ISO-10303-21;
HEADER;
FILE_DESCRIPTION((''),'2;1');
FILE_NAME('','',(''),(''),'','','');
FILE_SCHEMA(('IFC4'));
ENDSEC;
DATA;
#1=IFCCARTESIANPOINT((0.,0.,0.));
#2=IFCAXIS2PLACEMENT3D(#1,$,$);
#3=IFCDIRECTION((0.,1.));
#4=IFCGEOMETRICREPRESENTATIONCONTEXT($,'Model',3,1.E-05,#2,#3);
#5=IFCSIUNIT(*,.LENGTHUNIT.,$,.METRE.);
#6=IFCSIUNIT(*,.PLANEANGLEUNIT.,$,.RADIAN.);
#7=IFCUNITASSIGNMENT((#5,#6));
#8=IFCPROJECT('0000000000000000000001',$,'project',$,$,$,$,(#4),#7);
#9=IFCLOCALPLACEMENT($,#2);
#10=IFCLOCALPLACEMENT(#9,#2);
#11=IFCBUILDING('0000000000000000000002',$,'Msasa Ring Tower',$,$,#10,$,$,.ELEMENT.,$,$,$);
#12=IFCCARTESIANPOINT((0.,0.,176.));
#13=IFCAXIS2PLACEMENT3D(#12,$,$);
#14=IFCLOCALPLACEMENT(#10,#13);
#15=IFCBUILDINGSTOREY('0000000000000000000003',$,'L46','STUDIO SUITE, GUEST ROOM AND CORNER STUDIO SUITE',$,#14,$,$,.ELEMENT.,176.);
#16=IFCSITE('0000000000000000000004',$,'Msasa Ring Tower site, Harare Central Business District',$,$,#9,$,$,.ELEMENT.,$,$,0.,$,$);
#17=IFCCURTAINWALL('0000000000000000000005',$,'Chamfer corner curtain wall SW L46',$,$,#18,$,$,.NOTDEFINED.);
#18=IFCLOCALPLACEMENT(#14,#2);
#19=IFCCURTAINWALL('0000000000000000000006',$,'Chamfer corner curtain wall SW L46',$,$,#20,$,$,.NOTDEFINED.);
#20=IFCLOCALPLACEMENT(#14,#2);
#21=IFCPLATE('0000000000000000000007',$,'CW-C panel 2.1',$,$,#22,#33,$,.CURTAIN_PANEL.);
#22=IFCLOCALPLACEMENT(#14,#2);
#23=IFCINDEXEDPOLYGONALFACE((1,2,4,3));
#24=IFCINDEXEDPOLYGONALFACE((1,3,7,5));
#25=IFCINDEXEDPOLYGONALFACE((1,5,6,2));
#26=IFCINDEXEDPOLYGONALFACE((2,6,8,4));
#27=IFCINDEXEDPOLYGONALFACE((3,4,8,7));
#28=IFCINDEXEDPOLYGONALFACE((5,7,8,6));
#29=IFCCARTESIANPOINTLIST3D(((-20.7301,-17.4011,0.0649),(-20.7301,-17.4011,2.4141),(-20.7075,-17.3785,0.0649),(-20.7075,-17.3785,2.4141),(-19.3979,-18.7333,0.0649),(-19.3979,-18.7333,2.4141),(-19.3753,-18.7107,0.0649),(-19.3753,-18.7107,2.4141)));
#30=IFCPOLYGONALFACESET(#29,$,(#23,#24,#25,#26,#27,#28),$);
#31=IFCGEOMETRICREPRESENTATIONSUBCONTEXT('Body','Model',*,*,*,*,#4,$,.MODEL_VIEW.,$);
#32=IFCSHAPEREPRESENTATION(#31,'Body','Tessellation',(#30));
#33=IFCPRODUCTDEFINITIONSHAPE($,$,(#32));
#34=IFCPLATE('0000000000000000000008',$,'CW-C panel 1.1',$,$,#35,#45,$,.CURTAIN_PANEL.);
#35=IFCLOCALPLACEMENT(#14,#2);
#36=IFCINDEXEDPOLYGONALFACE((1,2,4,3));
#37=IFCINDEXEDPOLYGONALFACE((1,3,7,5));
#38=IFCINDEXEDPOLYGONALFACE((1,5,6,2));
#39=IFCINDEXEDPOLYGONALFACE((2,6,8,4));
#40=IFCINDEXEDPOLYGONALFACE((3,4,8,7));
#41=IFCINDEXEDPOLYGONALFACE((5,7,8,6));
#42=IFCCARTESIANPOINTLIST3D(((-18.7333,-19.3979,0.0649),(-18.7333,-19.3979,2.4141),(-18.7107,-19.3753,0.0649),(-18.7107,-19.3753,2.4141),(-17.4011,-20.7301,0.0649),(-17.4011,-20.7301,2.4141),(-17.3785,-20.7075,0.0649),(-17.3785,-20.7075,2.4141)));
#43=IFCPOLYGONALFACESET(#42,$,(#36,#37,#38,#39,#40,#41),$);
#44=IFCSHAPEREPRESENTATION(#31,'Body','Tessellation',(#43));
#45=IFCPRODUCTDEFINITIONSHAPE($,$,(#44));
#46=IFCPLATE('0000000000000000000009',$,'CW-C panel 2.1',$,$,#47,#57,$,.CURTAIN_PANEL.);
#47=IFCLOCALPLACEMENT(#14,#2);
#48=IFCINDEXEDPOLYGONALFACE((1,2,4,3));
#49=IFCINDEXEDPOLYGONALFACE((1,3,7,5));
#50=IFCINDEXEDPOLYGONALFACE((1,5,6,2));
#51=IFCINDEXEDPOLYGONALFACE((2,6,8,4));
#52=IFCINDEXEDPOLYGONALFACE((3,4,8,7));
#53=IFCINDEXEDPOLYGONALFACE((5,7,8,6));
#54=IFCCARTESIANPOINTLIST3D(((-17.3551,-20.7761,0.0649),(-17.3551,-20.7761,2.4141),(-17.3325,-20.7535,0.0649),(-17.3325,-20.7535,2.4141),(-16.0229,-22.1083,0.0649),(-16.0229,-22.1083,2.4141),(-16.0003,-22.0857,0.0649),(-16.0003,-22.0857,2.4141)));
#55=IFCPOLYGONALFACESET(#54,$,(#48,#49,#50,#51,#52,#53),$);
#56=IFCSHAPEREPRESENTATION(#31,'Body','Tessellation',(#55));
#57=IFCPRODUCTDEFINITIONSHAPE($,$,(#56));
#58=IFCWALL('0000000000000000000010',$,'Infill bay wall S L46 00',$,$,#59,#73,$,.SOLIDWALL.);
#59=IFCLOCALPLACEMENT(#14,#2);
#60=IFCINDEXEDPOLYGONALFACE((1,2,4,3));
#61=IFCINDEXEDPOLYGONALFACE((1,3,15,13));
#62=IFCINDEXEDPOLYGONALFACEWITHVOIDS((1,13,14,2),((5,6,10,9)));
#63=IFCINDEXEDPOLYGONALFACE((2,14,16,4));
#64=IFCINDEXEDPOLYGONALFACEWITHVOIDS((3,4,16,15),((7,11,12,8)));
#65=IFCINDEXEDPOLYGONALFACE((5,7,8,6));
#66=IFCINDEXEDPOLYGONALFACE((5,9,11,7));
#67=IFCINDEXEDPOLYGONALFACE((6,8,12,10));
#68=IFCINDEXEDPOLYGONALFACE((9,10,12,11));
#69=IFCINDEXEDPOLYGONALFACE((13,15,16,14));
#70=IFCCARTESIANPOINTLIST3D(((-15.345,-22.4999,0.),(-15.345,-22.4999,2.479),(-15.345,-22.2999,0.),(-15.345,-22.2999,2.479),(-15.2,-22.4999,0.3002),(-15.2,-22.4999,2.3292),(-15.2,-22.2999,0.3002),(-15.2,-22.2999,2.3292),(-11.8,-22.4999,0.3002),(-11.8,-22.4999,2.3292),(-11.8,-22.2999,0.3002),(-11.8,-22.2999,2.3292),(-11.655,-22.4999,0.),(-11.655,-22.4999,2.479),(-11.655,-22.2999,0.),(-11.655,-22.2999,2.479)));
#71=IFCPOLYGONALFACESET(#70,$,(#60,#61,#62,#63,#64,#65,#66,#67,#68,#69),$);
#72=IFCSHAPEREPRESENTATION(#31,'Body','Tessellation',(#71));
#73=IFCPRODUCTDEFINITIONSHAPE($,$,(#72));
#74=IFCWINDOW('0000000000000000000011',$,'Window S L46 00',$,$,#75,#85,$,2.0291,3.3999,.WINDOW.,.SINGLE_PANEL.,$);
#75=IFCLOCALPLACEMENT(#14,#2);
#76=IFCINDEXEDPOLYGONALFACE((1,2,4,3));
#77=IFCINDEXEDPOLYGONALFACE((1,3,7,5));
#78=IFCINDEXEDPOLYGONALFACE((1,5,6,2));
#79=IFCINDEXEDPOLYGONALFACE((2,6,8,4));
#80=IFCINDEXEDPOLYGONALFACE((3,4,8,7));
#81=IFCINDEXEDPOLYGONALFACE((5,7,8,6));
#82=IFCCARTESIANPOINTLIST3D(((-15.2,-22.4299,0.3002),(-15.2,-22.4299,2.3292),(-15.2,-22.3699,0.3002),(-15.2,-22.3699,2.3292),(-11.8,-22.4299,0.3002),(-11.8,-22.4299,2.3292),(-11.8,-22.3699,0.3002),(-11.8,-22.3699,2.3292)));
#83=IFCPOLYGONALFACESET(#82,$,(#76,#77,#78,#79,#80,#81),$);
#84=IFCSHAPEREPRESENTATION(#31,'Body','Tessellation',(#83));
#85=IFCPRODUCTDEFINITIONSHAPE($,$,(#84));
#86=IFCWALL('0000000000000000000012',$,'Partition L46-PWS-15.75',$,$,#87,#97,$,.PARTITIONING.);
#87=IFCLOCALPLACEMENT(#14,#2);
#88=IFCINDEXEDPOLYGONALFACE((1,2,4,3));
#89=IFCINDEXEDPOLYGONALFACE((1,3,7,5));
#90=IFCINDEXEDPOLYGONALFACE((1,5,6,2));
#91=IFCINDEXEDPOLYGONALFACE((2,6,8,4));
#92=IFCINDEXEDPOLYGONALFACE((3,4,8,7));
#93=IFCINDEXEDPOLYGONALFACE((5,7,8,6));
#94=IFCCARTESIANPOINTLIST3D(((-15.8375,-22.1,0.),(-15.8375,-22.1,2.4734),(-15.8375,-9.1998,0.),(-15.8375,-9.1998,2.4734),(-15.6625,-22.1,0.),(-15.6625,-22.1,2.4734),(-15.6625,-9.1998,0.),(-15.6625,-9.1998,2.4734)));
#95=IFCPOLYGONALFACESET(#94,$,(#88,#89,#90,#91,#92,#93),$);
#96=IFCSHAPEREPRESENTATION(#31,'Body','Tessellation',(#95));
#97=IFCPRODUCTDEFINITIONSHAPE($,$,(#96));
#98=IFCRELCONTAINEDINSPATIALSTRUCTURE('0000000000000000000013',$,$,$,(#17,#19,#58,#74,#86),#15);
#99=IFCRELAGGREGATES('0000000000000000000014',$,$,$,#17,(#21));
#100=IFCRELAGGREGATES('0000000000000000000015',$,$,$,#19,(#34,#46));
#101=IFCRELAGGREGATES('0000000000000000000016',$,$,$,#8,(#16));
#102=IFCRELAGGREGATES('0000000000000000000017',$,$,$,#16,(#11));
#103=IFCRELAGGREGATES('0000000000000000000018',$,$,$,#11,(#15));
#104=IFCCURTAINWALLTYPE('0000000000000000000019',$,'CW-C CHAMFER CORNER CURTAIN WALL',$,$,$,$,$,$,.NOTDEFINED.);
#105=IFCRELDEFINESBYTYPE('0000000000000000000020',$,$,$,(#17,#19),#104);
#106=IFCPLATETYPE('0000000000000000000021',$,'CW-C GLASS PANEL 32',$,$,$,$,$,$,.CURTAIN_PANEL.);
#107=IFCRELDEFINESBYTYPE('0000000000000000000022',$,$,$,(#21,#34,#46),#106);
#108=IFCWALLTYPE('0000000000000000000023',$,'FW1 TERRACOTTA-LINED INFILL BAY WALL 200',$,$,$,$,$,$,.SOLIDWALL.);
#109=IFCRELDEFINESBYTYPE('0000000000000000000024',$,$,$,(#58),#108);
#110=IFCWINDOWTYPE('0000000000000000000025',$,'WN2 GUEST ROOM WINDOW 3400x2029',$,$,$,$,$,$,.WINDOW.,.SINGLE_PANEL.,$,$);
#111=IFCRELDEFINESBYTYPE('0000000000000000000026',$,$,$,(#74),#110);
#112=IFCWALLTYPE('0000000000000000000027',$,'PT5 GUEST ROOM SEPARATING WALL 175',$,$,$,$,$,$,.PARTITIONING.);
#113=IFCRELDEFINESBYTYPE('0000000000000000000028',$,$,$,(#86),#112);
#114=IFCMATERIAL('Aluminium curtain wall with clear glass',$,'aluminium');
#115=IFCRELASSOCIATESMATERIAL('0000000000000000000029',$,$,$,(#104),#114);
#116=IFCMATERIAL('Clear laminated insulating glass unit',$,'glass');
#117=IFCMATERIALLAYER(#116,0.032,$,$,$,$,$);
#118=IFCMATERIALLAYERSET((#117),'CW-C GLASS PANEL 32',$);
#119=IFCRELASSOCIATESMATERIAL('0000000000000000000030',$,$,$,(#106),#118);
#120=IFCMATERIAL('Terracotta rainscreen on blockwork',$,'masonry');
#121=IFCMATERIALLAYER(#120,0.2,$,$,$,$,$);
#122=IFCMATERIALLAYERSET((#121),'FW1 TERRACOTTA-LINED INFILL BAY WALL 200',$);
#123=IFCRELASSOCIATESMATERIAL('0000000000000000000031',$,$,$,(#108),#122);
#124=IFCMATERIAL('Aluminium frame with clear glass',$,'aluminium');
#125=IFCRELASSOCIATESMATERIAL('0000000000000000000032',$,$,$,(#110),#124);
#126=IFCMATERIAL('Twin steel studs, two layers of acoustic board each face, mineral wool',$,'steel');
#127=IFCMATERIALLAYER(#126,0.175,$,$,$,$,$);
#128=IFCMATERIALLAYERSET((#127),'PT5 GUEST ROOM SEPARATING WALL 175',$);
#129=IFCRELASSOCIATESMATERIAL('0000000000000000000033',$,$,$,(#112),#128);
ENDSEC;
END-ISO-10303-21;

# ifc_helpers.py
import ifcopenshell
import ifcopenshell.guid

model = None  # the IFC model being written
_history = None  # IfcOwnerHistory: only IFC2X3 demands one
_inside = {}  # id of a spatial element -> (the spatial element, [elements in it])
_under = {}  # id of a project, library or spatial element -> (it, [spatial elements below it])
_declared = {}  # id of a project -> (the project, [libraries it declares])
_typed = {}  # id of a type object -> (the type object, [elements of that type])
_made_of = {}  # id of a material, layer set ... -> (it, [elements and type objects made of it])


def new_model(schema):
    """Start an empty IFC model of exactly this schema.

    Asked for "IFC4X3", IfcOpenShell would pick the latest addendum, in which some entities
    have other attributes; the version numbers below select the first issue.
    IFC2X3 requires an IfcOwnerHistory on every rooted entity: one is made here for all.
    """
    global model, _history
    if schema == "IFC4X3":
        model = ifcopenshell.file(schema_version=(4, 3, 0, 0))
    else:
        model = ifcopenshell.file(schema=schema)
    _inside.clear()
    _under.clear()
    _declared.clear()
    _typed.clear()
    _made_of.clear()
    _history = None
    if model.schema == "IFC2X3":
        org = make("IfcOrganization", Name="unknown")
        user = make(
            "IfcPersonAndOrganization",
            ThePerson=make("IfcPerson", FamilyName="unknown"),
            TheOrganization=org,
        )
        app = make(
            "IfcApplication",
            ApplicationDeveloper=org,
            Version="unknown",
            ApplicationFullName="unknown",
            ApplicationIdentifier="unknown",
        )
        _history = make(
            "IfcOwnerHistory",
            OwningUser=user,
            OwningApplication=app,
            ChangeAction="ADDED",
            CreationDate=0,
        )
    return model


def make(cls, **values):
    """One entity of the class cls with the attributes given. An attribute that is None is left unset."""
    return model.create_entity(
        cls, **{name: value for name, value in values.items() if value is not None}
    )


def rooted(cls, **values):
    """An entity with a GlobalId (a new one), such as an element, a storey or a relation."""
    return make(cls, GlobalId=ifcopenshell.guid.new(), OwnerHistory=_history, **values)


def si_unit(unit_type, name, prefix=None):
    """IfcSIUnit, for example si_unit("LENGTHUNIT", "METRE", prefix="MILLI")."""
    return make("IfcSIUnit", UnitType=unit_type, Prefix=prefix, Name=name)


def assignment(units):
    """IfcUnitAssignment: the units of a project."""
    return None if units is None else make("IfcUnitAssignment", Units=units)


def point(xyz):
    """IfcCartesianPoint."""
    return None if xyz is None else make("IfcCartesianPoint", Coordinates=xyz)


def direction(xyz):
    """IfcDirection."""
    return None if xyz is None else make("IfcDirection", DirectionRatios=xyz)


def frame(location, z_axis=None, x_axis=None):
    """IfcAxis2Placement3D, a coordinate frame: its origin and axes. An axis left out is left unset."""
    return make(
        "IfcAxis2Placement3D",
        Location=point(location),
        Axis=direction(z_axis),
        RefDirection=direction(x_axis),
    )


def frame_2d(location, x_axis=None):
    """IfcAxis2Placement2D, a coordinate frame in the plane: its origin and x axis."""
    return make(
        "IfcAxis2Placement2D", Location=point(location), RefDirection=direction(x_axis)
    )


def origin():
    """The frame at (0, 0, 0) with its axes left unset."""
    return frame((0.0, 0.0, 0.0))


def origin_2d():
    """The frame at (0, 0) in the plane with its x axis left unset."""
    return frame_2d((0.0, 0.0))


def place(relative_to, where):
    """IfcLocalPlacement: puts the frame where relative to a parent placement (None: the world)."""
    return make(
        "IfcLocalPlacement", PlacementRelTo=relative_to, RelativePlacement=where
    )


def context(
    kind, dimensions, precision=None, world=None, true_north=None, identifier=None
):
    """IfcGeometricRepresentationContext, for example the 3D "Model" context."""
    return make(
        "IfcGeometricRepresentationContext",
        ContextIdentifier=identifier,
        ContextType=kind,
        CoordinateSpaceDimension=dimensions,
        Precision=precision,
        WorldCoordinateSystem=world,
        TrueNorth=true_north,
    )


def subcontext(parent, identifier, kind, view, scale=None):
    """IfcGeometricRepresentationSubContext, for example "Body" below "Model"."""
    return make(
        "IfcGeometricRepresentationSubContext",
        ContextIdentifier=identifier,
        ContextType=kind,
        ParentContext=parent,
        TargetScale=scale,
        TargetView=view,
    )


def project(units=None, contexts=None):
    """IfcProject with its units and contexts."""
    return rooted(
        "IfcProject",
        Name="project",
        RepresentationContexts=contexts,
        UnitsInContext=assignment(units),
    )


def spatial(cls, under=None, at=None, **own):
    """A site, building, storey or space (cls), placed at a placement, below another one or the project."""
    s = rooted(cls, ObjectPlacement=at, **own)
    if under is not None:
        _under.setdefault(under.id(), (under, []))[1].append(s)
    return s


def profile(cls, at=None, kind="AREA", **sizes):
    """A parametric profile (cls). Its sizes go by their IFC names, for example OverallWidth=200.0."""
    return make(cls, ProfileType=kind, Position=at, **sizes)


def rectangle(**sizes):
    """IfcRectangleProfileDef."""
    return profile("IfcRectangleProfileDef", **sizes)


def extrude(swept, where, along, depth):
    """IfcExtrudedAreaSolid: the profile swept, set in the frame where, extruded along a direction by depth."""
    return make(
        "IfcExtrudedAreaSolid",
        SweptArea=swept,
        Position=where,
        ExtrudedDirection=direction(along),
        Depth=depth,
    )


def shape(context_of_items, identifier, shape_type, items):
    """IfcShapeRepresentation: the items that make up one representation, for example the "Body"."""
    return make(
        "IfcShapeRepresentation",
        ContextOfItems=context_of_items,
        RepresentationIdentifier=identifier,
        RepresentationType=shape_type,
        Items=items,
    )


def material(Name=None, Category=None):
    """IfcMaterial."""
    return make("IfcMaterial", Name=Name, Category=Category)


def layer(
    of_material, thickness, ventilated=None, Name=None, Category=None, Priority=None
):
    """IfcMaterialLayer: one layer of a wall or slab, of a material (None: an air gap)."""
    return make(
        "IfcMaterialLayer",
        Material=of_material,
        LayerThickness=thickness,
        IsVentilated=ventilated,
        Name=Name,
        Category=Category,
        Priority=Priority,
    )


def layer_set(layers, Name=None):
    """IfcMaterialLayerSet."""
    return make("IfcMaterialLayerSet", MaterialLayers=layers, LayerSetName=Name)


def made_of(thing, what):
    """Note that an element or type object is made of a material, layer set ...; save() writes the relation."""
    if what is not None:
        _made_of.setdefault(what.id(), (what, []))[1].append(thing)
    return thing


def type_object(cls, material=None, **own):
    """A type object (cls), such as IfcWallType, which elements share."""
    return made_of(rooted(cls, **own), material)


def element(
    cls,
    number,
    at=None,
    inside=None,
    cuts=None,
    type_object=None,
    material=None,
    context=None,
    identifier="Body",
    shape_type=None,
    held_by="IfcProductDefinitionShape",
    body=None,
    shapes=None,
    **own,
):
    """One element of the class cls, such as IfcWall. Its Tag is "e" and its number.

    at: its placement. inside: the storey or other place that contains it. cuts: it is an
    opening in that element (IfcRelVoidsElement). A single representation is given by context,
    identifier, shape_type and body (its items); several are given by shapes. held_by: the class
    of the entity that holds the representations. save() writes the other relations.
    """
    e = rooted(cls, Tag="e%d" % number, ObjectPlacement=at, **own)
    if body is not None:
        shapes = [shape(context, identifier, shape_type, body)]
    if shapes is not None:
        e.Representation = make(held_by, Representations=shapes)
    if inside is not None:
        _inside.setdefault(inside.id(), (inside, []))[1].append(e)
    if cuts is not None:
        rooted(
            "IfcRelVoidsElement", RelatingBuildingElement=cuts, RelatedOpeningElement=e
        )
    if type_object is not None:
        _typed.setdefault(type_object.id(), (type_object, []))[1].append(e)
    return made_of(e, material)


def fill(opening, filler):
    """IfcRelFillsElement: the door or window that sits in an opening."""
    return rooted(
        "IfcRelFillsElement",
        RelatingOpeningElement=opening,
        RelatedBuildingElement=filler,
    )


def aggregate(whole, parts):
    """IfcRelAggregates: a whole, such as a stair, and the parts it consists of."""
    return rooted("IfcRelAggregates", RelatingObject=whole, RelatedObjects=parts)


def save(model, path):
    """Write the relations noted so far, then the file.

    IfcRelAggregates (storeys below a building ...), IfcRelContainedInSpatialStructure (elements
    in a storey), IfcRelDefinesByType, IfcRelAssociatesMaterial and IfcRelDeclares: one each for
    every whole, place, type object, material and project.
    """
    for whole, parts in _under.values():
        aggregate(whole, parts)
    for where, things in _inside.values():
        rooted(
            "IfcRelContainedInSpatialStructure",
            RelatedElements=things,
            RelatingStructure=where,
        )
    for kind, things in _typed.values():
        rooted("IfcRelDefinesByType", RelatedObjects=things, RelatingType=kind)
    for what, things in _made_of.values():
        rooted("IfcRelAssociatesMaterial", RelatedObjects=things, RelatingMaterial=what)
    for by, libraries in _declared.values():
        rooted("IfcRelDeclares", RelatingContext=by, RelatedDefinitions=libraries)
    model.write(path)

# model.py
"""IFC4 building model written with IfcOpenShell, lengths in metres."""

from ifc_helpers import new_model, si_unit, direction, frame, frame_2d, origin, origin_2d, place, context, subcontext, project, spatial, rectangle, extrude, material, layer, layer_set, type_object, element, fill, aggregate, save


model = new_model("IFC4")

# Units and contexts
model_context = context("Model", 3, precision=1e-05, world=origin(), true_north=direction((0.0, 1.0)))
body_context = subcontext(model_context, "Body", "Model", "MODEL_VIEW")
ifc_project = project(units=[si_unit("LENGTHUNIT", "METRE"), si_unit("PLANEANGLEUNIT", "RADIAN")], contexts=[model_context])

# Site, building, storey
site_placement = place(None, origin())
site = spatial("IfcSite", under=ifc_project, at=site_placement, Name="Msasa Ring Tower site, Harare Central Business District", CompositionType="ELEMENT", RefElevation=0.0)
building_placement = place(site_placement, origin())
building = spatial("IfcBuilding", under=site, at=building_placement, Name="Msasa Ring Tower", CompositionType="ELEMENT")
storey_placement = place(building_placement, frame((0.0, 0.0, 176.0)))
storey = spatial("IfcBuildingStorey", under=building, at=storey_placement, Name="L46", Description="STUDIO SUITE, GUEST ROOM AND CORNER STUDIO SUITE", CompositionType="ELEMENT", Elevation=176.0)

# Curtain walls
ifc_material_1 = material(Name="Aluminium curtain wall with clear glass", Category="aluminium")
curtain_wall_type = type_object("IfcCurtainWallType", Name="CW-C CHAMFER CORNER CURTAIN WALL", PredefinedType="NOTDEFINED", material=ifc_material_1)
curtain_wall_1_placement = place(storey_placement, origin())
curtain_wall_1 = element("IfcCurtainWall", 1, at=curtain_wall_1_placement, inside=storey, type_object=curtain_wall_type, Name="Chamfer corner curtain wall SW L46", PredefinedType="NOTDEFINED")
curtain_wall_2_placement = place(storey_placement, origin())
curtain_wall_2 = element("IfcCurtainWall", 2, at=curtain_wall_2_placement, inside=storey, type_object=curtain_wall_type, Name="Chamfer corner curtain wall SW L46", PredefinedType="NOTDEFINED")

# Plates
ifc_material_2 = material(Name="Clear laminated insulating glass unit", Category="glass")
ifc_layer_1 = layer(ifc_material_2, 0.032)
ifc_layer_set_1 = layer_set([ifc_layer_1], Name="CW-C GLASS PANEL 32")
plate_type = type_object("IfcPlateType", Name="CW-C GLASS PANEL 32", PredefinedType="CURTAIN_PANEL", material=ifc_layer_set_1)
plate_1_placement = place(storey_placement, frame((-20.0527, -18.0559, 0.0649), z_axis=(0.0, 0.0, 1.0), x_axis=(0.707107, -0.707107, 0.0)))
plate_1 = element("IfcPlate", 3, at=plate_1_placement, type_object=plate_type, Name="CW-C panel 2.1", PredefinedType="CURTAIN_PANEL", context=body_context, shape_type="SweptSolid", body=[
    extrude(rectangle(XDim=1.884, YDim=0.032, at=origin_2d()), origin(), (0.0, 0.0, 1.0), 2.3491),
])
aggregate(curtain_wall_1, [plate_1])
plate_2_placement = place(storey_placement, frame((-18.0559, -20.0527, 0.0649), z_axis=(0.0, 0.0, 1.0), x_axis=(0.707107, -0.707107, 0.0)))
plate_2 = element("IfcPlate", 4, at=plate_2_placement, type_object=plate_type, Name="CW-C panel 1.1", PredefinedType="CURTAIN_PANEL", context=body_context, shape_type="SweptSolid", body=[
    extrude(rectangle(XDim=1.884, YDim=0.032, at=origin_2d()), origin(), (0.0, 0.0, 1.0), 2.3491),
])
plate_3_placement = place(storey_placement, frame((-16.6777, -21.4309, 0.0649), z_axis=(0.0, 0.0, 1.0), x_axis=(0.707107, -0.707107, 0.0)))
plate_3 = element("IfcPlate", 5, at=plate_3_placement, type_object=plate_type, Name="CW-C panel 2.1", PredefinedType="CURTAIN_PANEL", context=body_context, shape_type="SweptSolid", body=[
    extrude(rectangle(XDim=1.884, YDim=0.032, at=origin_2d()), origin(), (0.0, 0.0, 1.0), 2.3491),
])
aggregate(curtain_wall_2, [plate_2, plate_3])

# Wall, opening, window
ifc_material_3 = material(Name="Terracotta rainscreen on blockwork", Category="masonry")
ifc_layer_2 = layer(ifc_material_3, 0.2)
ifc_layer_set_2 = layer_set([ifc_layer_2], Name="FW1 TERRACOTTA-LINED INFILL BAY WALL 200")
wall_type_1 = type_object("IfcWallType", Name="FW1 TERRACOTTA-LINED INFILL BAY WALL 200", PredefinedType="SOLIDWALL", material=ifc_layer_set_2)
wall_1_placement = place(storey_placement, frame((-15.345, -22.3999, 0.0), z_axis=(0.0, 0.0, 1.0), x_axis=(1.0, 0.0, 0.0)))
wall_1 = element("IfcWall", 6, at=wall_1_placement, inside=storey, type_object=wall_type_1, Name="Infill bay wall S L46 00", PredefinedType="SOLIDWALL", context=body_context, shape_type="SweptSolid", body=[
    extrude(rectangle(XDim=3.6899, YDim=0.2, at=frame_2d((1.845, 0.0))), origin(), (0.0, 0.0, 1.0), 2.479),
])
opening_placement = place(wall_1_placement, frame((0.145, 0.0, 0.3)))
opening = element("IfcOpeningElement", 7, at=opening_placement, cuts=wall_1, PredefinedType="OPENING", context=body_context, shape_type="SweptSolid", body=[
    extrude(rectangle(XDim=3.3999, YDim=2.0291, at=frame_2d((1.7, 1.0146))), frame((0.0, 0.1099, 0.0), z_axis=(0.0, -1.0, 0.0), x_axis=(1.0, 0.0, 0.0)), (0.0, 0.0, 1.0), 0.22),
])
ifc_material_4 = material(Name="Aluminium frame with clear glass", Category="aluminium")
window_type = type_object("IfcWindowType", Name="WN2 GUEST ROOM WINDOW 3400x2029", PartitioningType="SINGLE_PANEL", PredefinedType="WINDOW", material=ifc_material_4)
window_placement = place(opening_placement, origin())
window = element("IfcWindow", 8, at=window_placement, inside=storey, type_object=window_type, Name="Window S L46 00", OverallHeight=2.0291, OverallWidth=3.3999, PartitioningType="SINGLE_PANEL", PredefinedType="WINDOW", context=body_context, shape_type="SweptSolid", body=[
    extrude(rectangle(XDim=3.3999, YDim=2.0291, at=frame_2d((1.7, 1.0146))), frame((0.0, 0.03, 0.0), z_axis=(0.0, -1.0, 0.0), x_axis=(1.0, 0.0, 0.0)), (0.0, 0.0, 1.0), 0.0601),
])
fill(opening, window)

# Wall
ifc_material_5 = material(Name="Twin steel studs, two layers of acoustic board each face, mineral wool", Category="steel")
ifc_layer_3 = layer(ifc_material_5, 0.175)
ifc_layer_set_3 = layer_set([ifc_layer_3], Name="PT5 GUEST ROOM SEPARATING WALL 175")
wall_type_2 = type_object("IfcWallType", Name="PT5 GUEST ROOM SEPARATING WALL 175", PredefinedType="PARTITIONING", material=ifc_layer_set_3)
wall_2_placement = place(storey_placement, frame((-15.75, -22.1001, 0.0), z_axis=(0.0, 0.0, 1.0), x_axis=(0.0, 1.0, 0.0)))
element("IfcWall", 9, at=wall_2_placement, inside=storey, type_object=wall_type_2, Name="Partition L46-PWS-15.75", PredefinedType="PARTITIONING", context=body_context, shape_type="SweptSolid", body=[
    extrude(rectangle(XDim=12.9001, YDim=0.175, at=frame_2d((6.4502, 0.0))), origin(), (0.0, 0.0, 1.0), 2.4734),
])

save(model, "model.ifc")
